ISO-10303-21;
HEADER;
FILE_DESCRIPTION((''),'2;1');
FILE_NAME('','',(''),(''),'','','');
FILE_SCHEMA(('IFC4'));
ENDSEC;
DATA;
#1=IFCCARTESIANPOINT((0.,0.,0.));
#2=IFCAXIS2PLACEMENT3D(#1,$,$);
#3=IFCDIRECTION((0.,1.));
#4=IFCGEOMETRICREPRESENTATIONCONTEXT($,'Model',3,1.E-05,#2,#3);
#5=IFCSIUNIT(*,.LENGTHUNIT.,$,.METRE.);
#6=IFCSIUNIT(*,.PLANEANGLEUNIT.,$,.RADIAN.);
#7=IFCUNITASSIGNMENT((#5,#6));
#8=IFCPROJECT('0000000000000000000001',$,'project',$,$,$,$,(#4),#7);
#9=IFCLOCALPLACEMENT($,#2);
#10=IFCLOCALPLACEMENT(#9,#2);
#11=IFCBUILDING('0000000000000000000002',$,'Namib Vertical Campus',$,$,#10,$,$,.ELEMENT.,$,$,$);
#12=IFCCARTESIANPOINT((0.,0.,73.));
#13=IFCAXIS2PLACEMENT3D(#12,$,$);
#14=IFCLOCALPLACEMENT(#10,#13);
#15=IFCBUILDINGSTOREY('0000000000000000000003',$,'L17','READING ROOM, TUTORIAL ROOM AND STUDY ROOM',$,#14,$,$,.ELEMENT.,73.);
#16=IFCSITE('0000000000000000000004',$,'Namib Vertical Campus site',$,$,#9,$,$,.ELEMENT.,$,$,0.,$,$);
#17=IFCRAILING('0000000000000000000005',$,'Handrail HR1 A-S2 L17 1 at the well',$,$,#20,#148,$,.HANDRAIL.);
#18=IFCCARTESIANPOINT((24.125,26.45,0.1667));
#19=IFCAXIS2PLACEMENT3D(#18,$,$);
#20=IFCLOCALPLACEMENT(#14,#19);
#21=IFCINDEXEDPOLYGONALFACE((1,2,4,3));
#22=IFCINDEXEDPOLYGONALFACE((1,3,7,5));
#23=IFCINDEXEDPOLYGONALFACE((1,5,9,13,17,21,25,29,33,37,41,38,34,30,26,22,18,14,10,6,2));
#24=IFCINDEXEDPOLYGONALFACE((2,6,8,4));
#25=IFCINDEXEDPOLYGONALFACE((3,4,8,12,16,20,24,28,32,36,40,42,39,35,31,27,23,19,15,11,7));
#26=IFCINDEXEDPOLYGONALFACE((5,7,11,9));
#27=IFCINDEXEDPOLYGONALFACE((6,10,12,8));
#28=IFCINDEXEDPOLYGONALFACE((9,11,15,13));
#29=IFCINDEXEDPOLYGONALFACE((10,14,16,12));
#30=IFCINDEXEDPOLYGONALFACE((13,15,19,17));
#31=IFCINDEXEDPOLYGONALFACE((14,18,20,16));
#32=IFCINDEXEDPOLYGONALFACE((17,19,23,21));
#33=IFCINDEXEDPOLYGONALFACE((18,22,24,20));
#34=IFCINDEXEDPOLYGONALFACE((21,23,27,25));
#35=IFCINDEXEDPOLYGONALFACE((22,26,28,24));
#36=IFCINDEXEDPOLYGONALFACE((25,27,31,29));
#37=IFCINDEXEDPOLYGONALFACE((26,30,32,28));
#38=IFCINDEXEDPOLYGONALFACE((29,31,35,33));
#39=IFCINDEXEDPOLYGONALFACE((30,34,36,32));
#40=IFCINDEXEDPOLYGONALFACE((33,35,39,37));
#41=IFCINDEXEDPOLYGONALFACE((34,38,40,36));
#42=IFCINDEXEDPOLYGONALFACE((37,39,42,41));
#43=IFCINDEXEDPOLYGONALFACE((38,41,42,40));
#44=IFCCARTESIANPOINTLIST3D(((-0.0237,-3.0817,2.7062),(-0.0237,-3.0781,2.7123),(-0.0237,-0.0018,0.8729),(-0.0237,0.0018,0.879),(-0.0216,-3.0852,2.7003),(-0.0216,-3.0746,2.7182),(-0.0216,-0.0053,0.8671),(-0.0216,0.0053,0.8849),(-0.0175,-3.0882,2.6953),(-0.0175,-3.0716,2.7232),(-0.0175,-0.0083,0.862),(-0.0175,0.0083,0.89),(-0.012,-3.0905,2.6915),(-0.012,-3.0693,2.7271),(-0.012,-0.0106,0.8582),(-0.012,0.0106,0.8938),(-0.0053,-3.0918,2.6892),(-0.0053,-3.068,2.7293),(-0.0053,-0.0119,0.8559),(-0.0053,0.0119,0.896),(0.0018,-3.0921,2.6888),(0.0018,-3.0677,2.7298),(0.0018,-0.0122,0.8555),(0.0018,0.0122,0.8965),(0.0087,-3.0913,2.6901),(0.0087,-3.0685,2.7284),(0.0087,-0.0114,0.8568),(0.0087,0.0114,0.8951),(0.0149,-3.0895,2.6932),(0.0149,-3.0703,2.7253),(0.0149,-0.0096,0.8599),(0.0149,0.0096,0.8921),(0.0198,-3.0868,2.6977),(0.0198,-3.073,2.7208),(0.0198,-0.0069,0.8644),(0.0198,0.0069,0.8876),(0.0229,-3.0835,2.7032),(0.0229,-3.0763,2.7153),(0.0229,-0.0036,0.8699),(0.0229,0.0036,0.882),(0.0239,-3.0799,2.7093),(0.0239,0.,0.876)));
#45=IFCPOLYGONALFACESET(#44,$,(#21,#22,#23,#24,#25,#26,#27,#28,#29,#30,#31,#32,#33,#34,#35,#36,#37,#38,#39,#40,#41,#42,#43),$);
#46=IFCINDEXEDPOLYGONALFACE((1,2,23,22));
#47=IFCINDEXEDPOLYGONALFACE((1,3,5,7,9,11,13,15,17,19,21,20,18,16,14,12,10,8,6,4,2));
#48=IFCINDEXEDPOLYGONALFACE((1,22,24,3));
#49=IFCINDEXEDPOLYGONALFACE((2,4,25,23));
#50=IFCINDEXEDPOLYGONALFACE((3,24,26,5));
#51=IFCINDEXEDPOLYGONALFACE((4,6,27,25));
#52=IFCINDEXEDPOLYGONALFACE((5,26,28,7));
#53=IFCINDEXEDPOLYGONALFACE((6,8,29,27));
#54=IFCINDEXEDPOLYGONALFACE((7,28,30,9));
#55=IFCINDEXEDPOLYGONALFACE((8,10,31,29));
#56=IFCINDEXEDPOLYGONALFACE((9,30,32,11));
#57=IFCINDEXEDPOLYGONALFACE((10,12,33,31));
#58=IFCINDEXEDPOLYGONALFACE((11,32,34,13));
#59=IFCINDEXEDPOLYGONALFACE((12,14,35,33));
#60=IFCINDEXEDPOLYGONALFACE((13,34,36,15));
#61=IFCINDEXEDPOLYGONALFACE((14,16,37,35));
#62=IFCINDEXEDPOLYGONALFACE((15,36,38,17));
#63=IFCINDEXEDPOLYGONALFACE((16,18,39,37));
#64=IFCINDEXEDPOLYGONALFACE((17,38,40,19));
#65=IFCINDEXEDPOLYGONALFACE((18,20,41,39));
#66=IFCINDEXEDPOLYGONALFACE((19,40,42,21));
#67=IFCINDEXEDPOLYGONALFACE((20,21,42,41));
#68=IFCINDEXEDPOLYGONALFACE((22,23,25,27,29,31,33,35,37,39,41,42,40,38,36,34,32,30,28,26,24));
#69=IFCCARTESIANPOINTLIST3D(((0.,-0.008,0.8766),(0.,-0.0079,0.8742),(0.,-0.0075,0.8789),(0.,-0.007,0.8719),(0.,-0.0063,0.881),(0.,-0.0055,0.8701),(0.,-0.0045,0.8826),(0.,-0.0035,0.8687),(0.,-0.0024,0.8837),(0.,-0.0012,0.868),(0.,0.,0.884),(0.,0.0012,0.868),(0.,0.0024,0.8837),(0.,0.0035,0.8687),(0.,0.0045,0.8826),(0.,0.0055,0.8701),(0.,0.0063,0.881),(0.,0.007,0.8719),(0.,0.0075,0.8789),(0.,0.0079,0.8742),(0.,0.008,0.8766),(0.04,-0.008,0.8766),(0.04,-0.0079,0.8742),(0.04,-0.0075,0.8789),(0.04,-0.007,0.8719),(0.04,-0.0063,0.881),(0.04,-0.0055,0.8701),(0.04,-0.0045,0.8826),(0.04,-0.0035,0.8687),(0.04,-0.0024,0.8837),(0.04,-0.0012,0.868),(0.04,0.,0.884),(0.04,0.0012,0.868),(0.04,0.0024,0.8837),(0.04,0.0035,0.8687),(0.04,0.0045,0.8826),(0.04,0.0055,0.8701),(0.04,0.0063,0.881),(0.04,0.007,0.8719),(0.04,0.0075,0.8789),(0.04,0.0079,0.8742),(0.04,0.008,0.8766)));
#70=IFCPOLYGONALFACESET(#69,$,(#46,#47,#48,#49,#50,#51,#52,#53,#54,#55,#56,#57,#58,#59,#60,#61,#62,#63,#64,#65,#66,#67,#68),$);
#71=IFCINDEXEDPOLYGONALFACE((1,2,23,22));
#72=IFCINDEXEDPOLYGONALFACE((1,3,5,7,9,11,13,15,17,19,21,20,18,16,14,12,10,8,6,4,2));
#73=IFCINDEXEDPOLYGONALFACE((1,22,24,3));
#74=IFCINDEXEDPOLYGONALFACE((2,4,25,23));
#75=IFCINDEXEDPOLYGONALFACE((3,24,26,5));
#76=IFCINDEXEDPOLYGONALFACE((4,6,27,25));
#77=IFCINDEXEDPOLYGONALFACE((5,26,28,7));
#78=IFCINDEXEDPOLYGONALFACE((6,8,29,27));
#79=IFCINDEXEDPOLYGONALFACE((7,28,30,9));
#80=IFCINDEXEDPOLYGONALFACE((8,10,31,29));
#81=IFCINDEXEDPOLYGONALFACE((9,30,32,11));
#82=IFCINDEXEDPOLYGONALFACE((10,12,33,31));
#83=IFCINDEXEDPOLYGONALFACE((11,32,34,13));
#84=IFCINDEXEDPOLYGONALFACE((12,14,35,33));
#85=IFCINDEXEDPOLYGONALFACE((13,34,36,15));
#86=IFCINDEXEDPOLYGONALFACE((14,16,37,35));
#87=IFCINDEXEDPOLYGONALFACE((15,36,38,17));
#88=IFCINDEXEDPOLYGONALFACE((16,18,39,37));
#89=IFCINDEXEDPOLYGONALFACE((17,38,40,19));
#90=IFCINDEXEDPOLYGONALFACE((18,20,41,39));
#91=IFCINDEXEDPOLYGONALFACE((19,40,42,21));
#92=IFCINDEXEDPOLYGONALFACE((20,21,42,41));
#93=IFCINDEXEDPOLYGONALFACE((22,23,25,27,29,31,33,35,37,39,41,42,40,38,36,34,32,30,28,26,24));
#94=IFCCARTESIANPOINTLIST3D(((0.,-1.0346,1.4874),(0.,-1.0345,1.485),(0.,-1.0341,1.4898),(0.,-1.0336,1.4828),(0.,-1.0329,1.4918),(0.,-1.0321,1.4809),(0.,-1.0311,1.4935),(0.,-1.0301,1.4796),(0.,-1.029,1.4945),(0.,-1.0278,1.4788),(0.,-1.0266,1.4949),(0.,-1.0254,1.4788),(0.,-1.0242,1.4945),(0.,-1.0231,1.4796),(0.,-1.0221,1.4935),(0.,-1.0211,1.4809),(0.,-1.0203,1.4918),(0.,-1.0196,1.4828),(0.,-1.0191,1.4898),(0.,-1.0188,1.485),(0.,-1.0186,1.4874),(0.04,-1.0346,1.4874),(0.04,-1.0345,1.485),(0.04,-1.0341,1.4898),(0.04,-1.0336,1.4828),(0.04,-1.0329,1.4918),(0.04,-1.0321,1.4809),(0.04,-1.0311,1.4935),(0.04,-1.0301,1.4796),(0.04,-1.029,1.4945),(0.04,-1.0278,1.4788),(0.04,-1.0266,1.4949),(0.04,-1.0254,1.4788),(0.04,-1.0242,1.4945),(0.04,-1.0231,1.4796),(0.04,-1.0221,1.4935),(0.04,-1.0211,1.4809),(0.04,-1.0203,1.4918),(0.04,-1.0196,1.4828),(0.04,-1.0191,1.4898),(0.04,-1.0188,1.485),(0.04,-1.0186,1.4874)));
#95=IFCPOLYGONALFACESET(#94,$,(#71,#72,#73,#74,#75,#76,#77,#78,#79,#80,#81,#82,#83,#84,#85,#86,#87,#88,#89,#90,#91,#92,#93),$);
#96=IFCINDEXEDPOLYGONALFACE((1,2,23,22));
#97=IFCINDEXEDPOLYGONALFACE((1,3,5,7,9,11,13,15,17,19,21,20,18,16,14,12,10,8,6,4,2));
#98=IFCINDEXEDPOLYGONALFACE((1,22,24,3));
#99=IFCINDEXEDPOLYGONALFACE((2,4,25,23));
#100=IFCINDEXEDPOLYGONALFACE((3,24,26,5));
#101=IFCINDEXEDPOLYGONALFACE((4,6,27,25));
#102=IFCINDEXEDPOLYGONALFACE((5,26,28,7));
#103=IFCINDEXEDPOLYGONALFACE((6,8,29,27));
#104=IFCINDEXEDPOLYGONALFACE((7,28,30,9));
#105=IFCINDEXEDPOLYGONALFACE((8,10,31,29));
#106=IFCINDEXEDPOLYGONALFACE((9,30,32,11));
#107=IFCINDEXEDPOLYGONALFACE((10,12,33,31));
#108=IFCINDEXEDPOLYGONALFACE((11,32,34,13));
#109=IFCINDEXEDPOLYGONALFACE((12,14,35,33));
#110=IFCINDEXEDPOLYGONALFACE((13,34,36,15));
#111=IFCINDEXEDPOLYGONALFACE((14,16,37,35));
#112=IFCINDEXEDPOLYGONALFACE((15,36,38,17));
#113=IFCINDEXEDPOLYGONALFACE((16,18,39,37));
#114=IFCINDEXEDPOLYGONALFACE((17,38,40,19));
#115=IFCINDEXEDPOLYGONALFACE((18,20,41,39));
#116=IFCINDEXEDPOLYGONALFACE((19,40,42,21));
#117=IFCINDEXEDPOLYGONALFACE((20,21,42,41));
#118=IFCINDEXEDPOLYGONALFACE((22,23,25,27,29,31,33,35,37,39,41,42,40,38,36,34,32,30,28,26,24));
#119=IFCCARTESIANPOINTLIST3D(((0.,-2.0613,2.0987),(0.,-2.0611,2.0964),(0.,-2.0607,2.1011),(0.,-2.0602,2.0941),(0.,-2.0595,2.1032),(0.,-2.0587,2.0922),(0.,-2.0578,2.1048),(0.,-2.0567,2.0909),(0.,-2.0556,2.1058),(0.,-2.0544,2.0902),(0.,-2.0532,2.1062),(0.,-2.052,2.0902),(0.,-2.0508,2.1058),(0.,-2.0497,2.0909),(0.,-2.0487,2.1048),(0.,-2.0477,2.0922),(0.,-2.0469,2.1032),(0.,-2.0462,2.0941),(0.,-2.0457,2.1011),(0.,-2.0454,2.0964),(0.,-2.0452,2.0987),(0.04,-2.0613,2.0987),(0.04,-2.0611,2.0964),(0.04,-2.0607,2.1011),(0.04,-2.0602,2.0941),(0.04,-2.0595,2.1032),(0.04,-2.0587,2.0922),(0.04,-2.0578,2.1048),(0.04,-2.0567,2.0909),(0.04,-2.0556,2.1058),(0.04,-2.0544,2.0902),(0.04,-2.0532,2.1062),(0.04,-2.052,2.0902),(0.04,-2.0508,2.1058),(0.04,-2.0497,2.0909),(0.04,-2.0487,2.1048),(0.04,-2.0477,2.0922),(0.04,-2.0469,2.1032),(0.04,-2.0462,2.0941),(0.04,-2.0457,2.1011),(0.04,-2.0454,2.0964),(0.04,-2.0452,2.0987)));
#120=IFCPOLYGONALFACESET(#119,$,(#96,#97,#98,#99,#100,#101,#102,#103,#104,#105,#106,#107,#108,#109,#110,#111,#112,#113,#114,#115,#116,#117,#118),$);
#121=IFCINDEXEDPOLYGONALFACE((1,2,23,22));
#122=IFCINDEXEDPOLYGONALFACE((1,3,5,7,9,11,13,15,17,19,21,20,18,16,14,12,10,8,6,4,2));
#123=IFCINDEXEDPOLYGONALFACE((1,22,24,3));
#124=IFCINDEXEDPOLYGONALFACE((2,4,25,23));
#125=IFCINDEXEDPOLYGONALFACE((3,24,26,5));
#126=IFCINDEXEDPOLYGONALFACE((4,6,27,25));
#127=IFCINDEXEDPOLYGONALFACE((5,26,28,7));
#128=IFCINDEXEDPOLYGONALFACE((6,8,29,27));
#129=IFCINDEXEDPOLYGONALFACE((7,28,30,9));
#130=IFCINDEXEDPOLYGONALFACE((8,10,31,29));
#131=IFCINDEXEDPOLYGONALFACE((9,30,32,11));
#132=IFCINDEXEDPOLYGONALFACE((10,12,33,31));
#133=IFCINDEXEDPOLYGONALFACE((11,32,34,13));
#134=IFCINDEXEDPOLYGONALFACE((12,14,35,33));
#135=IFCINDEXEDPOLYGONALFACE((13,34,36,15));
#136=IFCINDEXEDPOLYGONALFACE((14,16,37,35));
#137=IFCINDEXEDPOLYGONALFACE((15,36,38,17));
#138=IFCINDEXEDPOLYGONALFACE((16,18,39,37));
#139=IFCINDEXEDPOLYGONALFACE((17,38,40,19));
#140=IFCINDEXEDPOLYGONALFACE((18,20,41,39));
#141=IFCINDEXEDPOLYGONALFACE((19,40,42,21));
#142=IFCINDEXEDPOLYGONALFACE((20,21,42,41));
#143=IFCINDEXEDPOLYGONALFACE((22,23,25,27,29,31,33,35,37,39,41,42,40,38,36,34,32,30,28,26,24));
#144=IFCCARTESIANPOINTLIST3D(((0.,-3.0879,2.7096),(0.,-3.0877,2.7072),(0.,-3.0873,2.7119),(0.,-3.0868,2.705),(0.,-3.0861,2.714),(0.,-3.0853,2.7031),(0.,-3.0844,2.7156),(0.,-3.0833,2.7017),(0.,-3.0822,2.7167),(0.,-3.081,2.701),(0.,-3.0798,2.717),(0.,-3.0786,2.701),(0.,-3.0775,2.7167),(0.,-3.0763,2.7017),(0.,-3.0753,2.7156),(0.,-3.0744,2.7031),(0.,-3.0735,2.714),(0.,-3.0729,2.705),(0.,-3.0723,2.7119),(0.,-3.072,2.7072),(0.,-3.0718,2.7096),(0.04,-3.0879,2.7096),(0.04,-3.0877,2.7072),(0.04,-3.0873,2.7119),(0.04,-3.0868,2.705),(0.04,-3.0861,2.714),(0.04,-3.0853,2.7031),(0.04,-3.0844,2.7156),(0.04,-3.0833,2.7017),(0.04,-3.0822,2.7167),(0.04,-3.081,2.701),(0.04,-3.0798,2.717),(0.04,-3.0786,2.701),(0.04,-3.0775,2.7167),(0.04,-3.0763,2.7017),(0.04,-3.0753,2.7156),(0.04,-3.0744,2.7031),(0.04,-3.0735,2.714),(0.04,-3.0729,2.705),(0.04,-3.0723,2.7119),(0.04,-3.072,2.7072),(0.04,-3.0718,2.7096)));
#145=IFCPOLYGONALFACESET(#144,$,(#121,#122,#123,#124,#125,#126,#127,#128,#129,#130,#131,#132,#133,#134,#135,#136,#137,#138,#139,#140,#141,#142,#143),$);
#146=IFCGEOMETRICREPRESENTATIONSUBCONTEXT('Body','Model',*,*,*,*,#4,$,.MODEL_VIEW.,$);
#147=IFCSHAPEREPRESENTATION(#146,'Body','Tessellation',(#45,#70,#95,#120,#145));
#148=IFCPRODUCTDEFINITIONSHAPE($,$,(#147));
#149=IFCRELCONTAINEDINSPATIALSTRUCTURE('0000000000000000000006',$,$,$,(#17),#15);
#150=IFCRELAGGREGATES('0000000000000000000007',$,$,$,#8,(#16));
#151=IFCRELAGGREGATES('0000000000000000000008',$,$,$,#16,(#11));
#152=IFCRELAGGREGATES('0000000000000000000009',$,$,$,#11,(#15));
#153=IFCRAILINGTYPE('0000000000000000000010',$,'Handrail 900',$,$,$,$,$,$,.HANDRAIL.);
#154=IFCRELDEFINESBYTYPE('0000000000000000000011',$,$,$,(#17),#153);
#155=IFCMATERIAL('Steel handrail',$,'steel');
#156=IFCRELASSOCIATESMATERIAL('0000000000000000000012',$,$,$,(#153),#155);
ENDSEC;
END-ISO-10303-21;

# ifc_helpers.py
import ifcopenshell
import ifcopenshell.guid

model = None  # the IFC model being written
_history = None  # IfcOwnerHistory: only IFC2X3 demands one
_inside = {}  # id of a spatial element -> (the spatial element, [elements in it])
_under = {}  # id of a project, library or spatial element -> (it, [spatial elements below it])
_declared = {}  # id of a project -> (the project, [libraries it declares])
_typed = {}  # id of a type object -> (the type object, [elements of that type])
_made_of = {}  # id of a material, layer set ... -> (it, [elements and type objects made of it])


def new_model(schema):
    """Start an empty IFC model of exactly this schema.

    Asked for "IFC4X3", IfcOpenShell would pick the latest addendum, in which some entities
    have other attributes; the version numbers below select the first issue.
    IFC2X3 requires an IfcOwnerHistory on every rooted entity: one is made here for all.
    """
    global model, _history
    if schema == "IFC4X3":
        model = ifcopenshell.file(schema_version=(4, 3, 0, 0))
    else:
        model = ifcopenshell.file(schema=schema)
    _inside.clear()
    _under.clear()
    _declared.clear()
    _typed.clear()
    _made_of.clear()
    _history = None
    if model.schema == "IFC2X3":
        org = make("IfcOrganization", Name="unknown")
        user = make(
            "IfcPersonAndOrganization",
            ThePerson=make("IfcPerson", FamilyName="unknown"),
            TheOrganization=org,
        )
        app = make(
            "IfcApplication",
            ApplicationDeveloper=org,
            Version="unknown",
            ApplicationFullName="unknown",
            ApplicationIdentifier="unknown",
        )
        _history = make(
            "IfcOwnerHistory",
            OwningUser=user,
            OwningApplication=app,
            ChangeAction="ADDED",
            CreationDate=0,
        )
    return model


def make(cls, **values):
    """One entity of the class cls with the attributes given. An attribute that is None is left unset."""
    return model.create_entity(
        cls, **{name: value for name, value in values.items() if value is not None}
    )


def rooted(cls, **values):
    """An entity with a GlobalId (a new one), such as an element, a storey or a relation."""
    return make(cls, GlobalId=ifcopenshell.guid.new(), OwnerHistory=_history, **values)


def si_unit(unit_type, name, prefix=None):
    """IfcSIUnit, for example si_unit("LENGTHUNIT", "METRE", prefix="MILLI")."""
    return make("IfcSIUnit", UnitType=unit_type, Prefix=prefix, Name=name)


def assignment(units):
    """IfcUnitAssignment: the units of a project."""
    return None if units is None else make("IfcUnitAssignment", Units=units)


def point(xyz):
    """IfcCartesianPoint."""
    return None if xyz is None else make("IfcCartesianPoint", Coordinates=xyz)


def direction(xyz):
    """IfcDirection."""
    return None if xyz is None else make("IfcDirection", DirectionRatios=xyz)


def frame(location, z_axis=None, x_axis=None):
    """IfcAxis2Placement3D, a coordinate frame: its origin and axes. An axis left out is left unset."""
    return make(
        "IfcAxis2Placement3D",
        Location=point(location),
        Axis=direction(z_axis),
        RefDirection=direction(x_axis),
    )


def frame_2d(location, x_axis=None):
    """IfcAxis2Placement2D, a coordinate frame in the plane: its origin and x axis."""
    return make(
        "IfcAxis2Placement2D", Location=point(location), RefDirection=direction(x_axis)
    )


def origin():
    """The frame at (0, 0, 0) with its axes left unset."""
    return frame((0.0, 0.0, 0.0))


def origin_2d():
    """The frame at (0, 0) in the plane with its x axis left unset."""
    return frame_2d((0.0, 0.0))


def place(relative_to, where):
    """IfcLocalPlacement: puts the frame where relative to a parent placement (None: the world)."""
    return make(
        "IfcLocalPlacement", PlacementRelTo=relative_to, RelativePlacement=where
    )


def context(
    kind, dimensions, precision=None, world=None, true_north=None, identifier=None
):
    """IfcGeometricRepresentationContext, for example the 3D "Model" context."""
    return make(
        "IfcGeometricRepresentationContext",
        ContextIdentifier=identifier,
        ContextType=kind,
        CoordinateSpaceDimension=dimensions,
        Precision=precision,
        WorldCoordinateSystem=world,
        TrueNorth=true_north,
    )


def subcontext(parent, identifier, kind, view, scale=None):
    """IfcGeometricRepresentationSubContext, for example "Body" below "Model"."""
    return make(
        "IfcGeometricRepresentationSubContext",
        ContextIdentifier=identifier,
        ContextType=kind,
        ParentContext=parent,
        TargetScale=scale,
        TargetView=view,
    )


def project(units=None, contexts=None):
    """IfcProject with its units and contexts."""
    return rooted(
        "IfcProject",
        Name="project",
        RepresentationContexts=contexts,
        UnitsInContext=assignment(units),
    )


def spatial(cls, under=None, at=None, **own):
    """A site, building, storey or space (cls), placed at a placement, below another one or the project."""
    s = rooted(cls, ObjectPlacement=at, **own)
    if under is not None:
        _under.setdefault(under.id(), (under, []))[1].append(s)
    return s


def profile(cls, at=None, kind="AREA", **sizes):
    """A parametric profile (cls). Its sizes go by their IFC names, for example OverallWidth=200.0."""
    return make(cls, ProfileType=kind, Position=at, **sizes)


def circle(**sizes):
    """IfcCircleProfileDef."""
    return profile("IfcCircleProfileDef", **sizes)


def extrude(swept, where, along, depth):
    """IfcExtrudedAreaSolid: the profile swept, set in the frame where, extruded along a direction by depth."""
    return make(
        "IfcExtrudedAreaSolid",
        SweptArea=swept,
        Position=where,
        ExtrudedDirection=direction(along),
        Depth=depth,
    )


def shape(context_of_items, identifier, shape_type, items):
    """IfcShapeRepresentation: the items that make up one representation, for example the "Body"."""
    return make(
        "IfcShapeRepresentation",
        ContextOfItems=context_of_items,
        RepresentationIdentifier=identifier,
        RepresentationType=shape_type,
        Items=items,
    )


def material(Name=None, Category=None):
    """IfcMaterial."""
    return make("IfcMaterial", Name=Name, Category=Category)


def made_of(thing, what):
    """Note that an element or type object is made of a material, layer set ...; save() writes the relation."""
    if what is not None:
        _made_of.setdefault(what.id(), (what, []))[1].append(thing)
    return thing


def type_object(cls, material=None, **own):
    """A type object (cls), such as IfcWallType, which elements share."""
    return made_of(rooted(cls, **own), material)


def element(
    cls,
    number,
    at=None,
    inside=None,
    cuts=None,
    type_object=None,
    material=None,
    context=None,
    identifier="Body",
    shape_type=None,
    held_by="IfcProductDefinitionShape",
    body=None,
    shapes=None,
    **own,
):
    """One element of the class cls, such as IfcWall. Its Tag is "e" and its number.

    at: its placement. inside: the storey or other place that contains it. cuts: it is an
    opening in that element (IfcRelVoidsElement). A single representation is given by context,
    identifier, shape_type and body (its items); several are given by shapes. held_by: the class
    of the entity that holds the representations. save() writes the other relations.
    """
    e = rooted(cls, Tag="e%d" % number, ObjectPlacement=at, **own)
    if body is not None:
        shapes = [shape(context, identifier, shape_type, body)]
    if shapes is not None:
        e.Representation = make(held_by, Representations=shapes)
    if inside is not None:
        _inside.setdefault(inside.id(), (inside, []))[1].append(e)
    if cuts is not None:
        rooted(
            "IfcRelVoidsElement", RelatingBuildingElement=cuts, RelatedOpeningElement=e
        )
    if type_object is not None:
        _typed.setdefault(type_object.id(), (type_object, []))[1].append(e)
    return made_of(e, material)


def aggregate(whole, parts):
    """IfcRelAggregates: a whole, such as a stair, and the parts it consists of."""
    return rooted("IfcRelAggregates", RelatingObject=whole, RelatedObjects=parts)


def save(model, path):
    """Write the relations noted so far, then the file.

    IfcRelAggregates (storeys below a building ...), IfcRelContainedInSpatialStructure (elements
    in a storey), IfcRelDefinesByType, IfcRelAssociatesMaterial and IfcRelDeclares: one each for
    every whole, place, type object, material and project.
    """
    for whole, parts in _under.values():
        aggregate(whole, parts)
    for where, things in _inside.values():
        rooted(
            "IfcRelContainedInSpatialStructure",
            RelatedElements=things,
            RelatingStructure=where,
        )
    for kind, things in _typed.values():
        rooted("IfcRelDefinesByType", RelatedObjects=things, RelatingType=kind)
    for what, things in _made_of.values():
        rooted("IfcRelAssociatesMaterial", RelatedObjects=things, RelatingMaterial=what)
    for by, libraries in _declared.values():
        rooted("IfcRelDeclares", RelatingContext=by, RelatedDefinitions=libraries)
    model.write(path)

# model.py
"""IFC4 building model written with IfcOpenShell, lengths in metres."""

from ifc_helpers import new_model, si_unit, direction, frame, origin, origin_2d, place, context, subcontext, project, spatial, circle, extrude, material, type_object, element, save


model = new_model("IFC4")

# Units and contexts
model_context = context("Model", 3, precision=1e-05, world=origin(), true_north=direction((0.0, 1.0)))
body_context = subcontext(model_context, "Body", "Model", "MODEL_VIEW")
ifc_project = project(units=[si_unit("LENGTHUNIT", "METRE"), si_unit("PLANEANGLEUNIT", "RADIAN")], contexts=[model_context])

# Site, building, storey
site_placement = place(None, origin())
site = spatial("IfcSite", under=ifc_project, at=site_placement, Name="Namib Vertical Campus site", CompositionType="ELEMENT", RefElevation=0.0)
building_placement = place(site_placement, origin())
building = spatial("IfcBuilding", under=site, at=building_placement, Name="Namib Vertical Campus", CompositionType="ELEMENT")
storey_placement = place(building_placement, frame((0.0, 0.0, 73.0)))
storey = spatial("IfcBuildingStorey", under=building, at=storey_placement, Name="L17", Description="READING ROOM, TUTORIAL ROOM AND STUDY ROOM", CompositionType="ELEMENT", Elevation=73.0)

# Railing
ifc_material_1 = material(Name="Steel handrail", Category="steel")
railing_type_1 = type_object("IfcRailingType", Name="Handrail 900", PredefinedType="HANDRAIL", material=ifc_material_1)
railing_1_placement = place(storey_placement, frame((24.125, 26.45, 0.1667)))
element("IfcRailing", 1, at=railing_1_placement, inside=storey, type_object=railing_type_1, Name="Handrail HR1 A-S2 L17 1 at the well", PredefinedType="HANDRAIL", context=body_context, shape_type="SweptSolid", body=[
    extrude(circle(Radius=0.0239, at=origin_2d()), frame((0.0, 0.0, 0.876), z_axis=(0.0, -0.859291, 0.511487), x_axis=(1.0, 0.0, 0.0)), (0.0, 0.0, 1.0), 3.5842),
    extrude(circle(Radius=0.0081, at=origin_2d()), frame((0.0, 0.0, 0.876), z_axis=(1.0, 0.0, 0.0), x_axis=(0.0, 0.0, 1.0)), (0.0, 0.0, 1.0), 0.04),
    extrude(circle(Radius=0.0081, at=origin_2d()), frame((0.0, -1.0266, 1.4868), z_axis=(1.0, 0.0, 0.0), x_axis=(0.0, 0.0, 1.0)), (0.0, 0.0, 1.0), 0.04),
    extrude(circle(Radius=0.0081, at=origin_2d()), frame((0.0, -2.0532, 2.0981), z_axis=(1.0, 0.0, 0.0), x_axis=(0.0, 0.0, 1.0)), (0.0, 0.0, 1.0), 0.04),
    extrude(circle(Radius=0.0081, at=origin_2d()), frame((0.0, -3.0798, 2.709), z_axis=(1.0, 0.0, 0.0), x_axis=(0.0, 0.0, 1.0)), (0.0, 0.0, 1.0), 0.04),
])

save(model, "model.ifc")
